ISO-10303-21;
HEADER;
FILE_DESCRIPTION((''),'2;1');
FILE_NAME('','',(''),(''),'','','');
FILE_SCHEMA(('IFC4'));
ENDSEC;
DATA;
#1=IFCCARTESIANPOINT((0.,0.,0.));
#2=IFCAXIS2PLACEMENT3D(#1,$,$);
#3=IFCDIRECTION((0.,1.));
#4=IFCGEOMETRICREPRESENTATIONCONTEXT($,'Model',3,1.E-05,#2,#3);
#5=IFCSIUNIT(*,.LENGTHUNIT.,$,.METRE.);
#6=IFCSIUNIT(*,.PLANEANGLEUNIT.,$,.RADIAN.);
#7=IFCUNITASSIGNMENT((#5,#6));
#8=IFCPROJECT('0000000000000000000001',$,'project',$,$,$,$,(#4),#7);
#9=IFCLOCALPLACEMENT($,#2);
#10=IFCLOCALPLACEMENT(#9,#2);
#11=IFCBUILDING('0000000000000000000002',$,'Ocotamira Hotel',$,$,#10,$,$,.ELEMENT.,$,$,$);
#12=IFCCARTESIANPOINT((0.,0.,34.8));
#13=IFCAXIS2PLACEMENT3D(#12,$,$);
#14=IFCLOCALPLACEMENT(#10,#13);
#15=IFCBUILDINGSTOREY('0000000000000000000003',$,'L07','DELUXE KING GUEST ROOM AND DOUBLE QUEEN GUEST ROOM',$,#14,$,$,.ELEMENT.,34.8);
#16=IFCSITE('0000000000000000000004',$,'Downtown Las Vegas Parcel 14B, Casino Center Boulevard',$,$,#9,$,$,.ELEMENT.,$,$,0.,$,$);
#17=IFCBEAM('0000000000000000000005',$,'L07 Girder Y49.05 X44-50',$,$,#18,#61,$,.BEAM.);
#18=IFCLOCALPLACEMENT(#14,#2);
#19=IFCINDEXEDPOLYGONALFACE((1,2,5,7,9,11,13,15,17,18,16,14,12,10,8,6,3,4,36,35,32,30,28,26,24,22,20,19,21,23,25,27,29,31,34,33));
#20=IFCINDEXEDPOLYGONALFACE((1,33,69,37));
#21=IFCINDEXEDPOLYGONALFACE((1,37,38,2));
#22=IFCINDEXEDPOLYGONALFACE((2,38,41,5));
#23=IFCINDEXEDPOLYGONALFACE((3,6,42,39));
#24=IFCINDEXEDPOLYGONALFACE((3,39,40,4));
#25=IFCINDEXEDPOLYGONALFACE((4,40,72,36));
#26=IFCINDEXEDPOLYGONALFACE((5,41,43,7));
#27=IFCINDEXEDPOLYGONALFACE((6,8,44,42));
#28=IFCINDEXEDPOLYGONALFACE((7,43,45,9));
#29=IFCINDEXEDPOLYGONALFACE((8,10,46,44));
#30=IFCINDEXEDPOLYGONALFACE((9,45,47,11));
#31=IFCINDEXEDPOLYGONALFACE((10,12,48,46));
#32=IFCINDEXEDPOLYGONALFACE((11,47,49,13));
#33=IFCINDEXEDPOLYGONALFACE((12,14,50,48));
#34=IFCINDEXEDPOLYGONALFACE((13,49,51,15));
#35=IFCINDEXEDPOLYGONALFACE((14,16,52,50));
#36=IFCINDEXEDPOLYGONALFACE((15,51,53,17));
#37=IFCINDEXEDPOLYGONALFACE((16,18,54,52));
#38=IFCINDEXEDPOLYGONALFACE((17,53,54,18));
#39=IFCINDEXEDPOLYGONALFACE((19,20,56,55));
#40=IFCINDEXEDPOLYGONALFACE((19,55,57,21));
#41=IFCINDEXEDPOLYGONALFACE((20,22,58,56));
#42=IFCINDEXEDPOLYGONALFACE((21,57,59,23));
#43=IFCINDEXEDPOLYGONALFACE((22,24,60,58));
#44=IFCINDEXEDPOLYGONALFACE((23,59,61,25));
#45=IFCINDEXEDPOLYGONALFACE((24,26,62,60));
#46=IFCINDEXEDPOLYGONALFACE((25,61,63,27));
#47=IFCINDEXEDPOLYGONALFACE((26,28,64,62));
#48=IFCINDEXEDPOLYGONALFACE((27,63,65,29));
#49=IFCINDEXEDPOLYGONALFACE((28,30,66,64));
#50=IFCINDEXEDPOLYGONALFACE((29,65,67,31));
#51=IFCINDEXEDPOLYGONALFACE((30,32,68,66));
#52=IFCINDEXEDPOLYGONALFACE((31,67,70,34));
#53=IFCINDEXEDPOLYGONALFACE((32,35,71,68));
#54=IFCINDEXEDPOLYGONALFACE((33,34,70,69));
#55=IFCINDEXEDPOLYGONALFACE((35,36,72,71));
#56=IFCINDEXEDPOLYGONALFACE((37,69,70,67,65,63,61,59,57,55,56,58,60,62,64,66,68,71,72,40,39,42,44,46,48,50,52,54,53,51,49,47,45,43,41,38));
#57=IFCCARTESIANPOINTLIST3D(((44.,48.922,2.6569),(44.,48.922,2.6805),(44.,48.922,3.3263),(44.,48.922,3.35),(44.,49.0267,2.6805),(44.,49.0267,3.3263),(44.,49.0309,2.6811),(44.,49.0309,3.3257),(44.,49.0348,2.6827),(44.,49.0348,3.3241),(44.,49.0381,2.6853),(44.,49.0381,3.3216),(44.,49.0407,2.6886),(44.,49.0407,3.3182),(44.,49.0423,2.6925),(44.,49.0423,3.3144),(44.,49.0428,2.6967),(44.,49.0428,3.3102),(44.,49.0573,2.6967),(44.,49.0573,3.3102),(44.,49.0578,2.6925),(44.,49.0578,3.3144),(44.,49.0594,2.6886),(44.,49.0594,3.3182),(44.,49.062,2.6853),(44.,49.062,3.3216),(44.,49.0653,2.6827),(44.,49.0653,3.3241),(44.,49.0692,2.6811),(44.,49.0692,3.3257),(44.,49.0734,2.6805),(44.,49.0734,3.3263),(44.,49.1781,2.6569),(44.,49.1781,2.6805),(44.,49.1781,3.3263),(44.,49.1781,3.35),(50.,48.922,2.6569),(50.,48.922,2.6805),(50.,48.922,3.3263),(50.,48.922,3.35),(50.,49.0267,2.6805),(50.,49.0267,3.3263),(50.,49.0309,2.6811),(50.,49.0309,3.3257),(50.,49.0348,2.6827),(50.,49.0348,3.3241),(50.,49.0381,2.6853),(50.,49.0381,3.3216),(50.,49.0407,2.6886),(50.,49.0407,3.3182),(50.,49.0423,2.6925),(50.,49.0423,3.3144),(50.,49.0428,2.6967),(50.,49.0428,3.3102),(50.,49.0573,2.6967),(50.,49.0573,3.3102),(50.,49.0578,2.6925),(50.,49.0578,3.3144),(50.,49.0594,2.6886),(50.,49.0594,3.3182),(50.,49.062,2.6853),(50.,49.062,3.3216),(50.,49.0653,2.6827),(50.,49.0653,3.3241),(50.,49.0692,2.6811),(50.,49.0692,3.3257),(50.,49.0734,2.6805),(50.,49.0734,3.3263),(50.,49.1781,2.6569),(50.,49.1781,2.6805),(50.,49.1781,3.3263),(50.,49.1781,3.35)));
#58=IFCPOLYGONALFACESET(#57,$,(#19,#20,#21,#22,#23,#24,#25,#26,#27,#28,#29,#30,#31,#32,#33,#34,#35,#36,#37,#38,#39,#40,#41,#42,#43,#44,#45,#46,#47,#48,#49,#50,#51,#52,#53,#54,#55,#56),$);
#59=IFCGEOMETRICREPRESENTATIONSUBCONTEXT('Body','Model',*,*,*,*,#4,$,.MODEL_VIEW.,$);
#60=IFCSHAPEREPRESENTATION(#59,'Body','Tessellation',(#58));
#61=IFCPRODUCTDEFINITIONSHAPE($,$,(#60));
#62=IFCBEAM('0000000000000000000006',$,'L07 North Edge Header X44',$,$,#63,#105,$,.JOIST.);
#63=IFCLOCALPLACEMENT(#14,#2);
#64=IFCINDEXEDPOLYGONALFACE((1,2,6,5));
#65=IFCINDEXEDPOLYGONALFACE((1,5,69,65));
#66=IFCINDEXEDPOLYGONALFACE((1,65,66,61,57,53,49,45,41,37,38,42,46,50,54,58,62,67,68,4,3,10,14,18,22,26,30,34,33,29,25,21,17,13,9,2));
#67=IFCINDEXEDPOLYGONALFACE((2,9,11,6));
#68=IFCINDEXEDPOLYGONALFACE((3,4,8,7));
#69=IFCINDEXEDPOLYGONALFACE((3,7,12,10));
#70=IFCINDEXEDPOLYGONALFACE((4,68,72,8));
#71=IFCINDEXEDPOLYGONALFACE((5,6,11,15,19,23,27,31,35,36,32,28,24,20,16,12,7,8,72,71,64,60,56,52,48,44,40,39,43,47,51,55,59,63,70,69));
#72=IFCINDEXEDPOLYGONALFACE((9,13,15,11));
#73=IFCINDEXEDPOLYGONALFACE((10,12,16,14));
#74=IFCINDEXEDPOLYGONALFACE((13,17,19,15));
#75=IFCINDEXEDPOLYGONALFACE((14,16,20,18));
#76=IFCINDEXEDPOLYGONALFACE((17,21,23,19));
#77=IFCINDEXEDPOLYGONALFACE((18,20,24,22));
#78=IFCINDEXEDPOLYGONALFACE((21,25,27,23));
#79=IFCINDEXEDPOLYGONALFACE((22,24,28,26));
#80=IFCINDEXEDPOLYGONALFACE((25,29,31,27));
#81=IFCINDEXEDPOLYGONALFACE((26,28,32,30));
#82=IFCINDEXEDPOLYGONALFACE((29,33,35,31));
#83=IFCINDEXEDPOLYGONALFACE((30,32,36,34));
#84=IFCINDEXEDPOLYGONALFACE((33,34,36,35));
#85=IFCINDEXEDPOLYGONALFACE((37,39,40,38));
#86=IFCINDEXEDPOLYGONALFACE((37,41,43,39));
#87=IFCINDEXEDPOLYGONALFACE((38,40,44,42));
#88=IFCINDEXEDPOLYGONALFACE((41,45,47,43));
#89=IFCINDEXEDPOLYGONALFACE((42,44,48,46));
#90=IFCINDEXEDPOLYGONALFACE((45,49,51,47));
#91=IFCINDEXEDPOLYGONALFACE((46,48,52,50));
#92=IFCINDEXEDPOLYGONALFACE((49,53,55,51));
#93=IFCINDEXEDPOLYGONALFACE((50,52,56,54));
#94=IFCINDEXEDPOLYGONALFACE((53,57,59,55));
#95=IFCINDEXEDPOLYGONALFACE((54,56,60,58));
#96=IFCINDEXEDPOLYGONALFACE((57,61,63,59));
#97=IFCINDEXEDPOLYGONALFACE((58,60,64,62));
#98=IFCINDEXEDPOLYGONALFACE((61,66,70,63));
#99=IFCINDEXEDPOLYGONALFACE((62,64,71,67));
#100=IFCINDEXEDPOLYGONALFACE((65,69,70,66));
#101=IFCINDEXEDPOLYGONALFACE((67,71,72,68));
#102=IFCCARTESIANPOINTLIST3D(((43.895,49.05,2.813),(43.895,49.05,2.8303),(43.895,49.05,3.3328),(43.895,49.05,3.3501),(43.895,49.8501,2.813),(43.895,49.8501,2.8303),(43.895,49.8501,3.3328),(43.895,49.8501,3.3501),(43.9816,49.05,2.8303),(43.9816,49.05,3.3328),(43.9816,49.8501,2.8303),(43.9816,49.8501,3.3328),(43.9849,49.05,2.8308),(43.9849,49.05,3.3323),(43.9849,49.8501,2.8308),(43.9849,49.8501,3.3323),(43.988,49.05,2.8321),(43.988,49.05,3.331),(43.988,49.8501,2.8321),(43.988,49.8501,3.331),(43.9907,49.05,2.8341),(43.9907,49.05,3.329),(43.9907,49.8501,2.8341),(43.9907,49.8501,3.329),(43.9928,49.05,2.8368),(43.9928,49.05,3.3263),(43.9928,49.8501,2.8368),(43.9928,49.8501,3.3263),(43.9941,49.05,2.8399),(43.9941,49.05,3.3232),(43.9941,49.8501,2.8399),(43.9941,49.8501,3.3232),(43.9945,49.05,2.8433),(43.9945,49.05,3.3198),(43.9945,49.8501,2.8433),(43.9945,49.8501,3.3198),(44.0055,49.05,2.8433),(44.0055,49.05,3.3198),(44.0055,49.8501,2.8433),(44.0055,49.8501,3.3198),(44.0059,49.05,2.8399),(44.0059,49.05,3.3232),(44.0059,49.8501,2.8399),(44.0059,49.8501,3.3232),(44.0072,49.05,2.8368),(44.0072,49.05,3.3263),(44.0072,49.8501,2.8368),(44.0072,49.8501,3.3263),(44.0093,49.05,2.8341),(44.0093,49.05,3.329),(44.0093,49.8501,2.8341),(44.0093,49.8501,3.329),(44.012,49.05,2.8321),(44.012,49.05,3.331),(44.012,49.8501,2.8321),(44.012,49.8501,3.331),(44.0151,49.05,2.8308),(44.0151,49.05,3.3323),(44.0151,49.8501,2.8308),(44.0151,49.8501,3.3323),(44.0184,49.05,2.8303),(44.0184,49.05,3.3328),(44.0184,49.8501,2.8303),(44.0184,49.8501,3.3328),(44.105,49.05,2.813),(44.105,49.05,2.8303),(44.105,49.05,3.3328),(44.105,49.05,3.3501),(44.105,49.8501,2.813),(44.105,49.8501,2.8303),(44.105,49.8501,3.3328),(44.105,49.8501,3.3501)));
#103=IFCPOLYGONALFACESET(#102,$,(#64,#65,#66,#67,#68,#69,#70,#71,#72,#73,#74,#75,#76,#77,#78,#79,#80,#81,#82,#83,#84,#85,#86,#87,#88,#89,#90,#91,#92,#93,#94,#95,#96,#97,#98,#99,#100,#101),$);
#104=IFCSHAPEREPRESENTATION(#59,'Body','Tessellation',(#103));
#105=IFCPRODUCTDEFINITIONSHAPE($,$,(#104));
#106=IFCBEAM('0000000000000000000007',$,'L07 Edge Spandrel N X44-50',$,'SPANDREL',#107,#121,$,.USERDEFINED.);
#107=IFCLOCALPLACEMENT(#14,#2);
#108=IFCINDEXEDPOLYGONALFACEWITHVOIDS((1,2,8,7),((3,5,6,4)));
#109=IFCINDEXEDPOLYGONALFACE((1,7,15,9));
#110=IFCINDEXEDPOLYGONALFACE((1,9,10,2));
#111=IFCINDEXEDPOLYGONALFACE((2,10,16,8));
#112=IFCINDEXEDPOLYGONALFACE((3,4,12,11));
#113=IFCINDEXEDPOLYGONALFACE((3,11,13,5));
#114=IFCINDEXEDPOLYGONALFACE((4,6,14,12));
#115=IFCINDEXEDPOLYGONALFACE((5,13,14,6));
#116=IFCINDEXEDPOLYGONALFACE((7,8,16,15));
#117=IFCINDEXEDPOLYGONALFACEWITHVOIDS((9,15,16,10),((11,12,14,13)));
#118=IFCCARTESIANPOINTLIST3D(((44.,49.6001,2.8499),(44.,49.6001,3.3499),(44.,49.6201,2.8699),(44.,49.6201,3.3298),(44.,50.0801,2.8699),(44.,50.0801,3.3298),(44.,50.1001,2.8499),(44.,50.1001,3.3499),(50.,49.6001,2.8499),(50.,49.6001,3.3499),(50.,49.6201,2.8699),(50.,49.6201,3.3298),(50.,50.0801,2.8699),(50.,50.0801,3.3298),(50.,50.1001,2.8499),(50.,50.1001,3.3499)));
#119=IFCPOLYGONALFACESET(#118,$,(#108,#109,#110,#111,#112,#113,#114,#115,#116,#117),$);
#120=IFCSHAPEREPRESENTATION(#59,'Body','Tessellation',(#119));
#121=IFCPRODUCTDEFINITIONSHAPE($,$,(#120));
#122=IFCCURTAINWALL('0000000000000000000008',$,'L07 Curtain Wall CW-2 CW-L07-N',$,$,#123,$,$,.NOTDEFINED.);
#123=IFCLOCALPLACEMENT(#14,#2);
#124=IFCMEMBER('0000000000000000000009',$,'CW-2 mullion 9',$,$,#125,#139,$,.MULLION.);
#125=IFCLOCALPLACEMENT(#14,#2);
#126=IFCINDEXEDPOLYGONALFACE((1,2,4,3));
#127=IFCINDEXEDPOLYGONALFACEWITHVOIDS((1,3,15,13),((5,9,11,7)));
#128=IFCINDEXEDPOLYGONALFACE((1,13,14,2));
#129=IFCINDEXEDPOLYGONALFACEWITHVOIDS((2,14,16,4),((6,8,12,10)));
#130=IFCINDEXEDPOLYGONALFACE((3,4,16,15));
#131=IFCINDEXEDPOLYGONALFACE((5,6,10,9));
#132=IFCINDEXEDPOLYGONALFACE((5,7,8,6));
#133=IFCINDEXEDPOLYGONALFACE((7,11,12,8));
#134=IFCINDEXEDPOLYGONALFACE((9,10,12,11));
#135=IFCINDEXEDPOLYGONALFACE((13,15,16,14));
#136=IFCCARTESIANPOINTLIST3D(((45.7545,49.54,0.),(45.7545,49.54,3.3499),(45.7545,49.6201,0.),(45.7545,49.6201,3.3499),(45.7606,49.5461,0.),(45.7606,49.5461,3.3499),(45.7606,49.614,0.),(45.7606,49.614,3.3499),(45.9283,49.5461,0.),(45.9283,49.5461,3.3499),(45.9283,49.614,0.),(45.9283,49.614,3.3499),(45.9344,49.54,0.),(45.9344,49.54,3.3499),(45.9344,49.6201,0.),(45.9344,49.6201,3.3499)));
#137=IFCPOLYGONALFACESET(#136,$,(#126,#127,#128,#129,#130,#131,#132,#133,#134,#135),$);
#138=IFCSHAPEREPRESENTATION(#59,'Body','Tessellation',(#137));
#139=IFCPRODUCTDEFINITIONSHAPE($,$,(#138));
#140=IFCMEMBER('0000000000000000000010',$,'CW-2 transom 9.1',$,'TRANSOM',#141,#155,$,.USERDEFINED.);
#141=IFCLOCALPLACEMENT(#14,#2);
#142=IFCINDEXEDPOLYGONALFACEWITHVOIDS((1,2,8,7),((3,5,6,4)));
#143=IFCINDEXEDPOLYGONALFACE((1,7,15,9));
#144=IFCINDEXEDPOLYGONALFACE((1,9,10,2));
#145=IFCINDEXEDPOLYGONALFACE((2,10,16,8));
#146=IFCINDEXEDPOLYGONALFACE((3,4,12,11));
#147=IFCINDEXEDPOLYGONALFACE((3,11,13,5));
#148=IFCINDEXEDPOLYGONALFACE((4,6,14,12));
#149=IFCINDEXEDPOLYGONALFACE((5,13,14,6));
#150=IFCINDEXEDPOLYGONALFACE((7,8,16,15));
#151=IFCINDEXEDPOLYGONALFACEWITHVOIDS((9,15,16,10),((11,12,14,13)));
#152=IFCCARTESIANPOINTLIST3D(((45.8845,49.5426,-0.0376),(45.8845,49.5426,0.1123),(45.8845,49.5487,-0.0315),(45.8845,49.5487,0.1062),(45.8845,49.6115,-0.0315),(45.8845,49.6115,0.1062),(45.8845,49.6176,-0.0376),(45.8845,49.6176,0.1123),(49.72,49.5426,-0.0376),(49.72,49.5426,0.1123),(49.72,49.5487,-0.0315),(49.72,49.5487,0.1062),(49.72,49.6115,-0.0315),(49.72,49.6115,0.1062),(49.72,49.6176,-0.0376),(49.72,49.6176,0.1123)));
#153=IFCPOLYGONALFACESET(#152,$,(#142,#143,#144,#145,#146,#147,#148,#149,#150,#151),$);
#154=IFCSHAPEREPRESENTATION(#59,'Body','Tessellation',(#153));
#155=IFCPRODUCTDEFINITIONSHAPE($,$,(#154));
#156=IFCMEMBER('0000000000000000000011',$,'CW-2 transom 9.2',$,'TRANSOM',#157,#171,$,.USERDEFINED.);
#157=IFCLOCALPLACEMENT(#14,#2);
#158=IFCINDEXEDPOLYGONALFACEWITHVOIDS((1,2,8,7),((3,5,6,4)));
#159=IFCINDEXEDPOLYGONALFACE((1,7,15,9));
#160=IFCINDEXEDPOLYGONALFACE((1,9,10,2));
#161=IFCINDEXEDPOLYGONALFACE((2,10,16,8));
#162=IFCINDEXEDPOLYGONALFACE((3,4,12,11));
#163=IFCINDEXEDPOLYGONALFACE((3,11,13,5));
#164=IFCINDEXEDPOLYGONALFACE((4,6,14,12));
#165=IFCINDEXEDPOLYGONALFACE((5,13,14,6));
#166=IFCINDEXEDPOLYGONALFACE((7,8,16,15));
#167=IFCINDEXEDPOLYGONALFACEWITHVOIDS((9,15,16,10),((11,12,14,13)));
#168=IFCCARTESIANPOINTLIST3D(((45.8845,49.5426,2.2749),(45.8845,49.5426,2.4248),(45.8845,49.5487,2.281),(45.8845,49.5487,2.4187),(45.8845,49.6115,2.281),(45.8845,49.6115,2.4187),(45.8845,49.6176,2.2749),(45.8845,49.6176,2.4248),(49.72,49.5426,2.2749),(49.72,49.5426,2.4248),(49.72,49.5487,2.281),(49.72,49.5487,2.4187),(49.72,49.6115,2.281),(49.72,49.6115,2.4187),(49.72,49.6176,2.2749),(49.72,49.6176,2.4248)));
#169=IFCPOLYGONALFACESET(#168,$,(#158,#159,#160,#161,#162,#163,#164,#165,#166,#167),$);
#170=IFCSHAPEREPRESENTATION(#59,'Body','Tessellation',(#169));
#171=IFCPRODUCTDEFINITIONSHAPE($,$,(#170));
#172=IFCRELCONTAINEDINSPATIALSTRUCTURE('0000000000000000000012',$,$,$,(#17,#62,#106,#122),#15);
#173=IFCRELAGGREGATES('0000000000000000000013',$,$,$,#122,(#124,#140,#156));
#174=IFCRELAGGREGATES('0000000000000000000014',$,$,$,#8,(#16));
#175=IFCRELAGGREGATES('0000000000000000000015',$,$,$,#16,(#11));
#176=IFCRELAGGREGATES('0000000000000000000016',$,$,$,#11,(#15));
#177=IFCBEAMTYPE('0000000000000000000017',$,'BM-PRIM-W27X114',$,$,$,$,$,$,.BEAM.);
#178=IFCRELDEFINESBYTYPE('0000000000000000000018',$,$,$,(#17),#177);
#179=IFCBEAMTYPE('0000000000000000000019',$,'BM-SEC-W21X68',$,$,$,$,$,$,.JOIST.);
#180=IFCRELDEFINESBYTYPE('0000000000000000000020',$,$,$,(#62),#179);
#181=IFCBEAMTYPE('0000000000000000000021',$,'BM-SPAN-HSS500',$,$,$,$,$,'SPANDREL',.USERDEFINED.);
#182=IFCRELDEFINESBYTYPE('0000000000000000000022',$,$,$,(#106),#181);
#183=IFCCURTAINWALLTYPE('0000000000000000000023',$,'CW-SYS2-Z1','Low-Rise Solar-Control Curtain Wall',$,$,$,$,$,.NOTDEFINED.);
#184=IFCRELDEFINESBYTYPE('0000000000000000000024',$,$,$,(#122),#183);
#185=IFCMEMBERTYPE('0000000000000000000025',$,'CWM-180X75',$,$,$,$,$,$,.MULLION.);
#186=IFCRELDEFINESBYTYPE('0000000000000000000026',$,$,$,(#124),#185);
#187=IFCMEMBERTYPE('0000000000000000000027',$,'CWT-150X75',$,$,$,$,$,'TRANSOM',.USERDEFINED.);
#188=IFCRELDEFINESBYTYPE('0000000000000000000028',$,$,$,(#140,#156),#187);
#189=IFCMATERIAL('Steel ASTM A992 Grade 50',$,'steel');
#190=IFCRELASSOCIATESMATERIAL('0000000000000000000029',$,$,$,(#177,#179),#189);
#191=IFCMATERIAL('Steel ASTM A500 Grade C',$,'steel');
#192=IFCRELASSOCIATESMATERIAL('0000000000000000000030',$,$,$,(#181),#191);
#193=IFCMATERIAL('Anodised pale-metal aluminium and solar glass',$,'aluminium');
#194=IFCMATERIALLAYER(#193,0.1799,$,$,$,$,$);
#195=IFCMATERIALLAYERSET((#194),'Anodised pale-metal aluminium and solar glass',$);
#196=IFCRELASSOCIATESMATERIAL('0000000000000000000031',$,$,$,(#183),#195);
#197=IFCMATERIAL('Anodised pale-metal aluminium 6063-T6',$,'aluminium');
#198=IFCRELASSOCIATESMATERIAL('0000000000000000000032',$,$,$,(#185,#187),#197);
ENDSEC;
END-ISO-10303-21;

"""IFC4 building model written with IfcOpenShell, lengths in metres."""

from ifc_helpers import new_model, si_unit, direction, frame, origin, origin_2d, place, context, subcontext, project, spatial, hollow_rectangle, i_section, extrude, source, transform, mapped, material, layer, layer_set, material_profile, profile_set, type_object, element, aggregate, save


model = new_model("IFC4")

# Units and contexts
model_context = context("Model", 3, precision=1e-05, world=origin(), true_north=direction((0.0, 1.0)))
body_context = subcontext(model_context, "Body", "Model", "MODEL_VIEW")
ifc_project = project(units=[si_unit("LENGTHUNIT", "METRE"), si_unit("PLANEANGLEUNIT", "RADIAN")], contexts=[model_context])

# Site, building, storey
site_placement = place(None, origin())
site = spatial("IfcSite", under=ifc_project, at=site_placement, Name="Downtown Las Vegas Parcel 14B, Casino Center Boulevard", CompositionType="ELEMENT", RefElevation=0.0)
building_placement = place(site_placement, origin())
building = spatial("IfcBuilding", under=site, at=building_placement, Name="Ocotamira Hotel", CompositionType="ELEMENT")
storey_placement = place(building_placement, frame((0.0, 0.0, 34.8)))
storey = spatial("IfcBuildingStorey", under=building, at=storey_placement, Name="L07", Description="DELUXE KING GUEST ROOM AND DOUBLE QUEEN GUEST ROOM", CompositionType="ELEMENT", Elevation=34.8)

# Beams
ifc_material_1 = material(Name="Steel ASTM A992 Grade 50", Category="steel")
ifc_material_profile_1 = material_profile(ifc_material_1, i_section(OverallWidth=0.2561, OverallDepth=0.6931, WebThickness=0.0144, FlangeThickness=0.0237, FilletRadius=0.0161, at=origin_2d()), Name="W27X114")
ifc_profile_set_1 = profile_set([ifc_material_profile_1], Name="Steel ASTM A992 Grade 50")
beam_type_1 = type_object("IfcBeamType", Name="BM-PRIM-W27X114", PredefinedType="BEAM", material=ifc_profile_set_1)
shared_shape_1 = source(origin(), body_context, "Body", "SweptSolid", [
    extrude(i_section(OverallWidth=0.2561, OverallDepth=0.6931, WebThickness=0.0144, FlangeThickness=0.0237, FilletRadius=0.0161, at=origin_2d()), origin(), (0.0, 0.0, 1.0), 6.0),
])
beam_1_placement = place(storey_placement, frame((44.0, 49.05, 3.0034), z_axis=(1.0, 0.0, 0.0), x_axis=(0.0, 1.0, 0.0)))
element("IfcBeam", 1, at=beam_1_placement, inside=storey, type_object=beam_type_1, Name="L07 Girder Y49.05 X44-50", PredefinedType="BEAM", context=body_context, shape_type="MappedRepresentation", body=[
    mapped(shared_shape_1, transform((0.0, 0.0, 0.0), scale=1.0)),
])
ifc_material_profile_2 = material_profile(ifc_material_1, i_section(OverallWidth=0.21, OverallDepth=0.5371, WebThickness=0.011, FlangeThickness=0.0173, FilletRadius=0.0129, at=origin_2d()), Name="W21X68")
ifc_profile_set_2 = profile_set([ifc_material_profile_2], Name="Steel ASTM A992 Grade 50")
beam_type_2 = type_object("IfcBeamType", Name="BM-SEC-W21X68", PredefinedType="JOIST", material=ifc_profile_set_2)
shared_shape_2 = source(origin(), body_context, "Body", "SweptSolid", [
    extrude(i_section(OverallWidth=0.21, OverallDepth=0.5371, WebThickness=0.011, FlangeThickness=0.0173, FilletRadius=0.0129, at=origin_2d()), origin(), (0.0, 0.0, 1.0), 0.8),
])
beam_2_placement = place(storey_placement, frame((44.0, 49.05, 3.0815), z_axis=(0.0, 1.0, 0.0), x_axis=(-1.0, 0.0, 0.0)))
element("IfcBeam", 2, at=beam_2_placement, inside=storey, type_object=beam_type_2, Name="L07 North Edge Header X44", PredefinedType="JOIST", context=body_context, shape_type="MappedRepresentation", body=[
    mapped(shared_shape_2, transform((0.0, 0.0, 0.0), scale=1.0)),
])
ifc_material_2 = material(Name="Steel ASTM A500 Grade C", Category="steel")
ifc_material_profile_3 = material_profile(ifc_material_2, hollow_rectangle(XDim=0.5, YDim=0.5, WallThickness=0.02, at=origin_2d()), Name="HSS500X500X20")
ifc_profile_set_3 = profile_set([ifc_material_profile_3], Name="Steel ASTM A500 Grade C")
beam_type_3 = type_object("IfcBeamType", Name="BM-SPAN-HSS500", ElementType="SPANDREL", PredefinedType="USERDEFINED", material=ifc_profile_set_3)
shared_shape_3 = source(origin(), body_context, "Body", "SweptSolid", [
    extrude(hollow_rectangle(XDim=0.5, YDim=0.5, WallThickness=0.02, at=origin_2d()), origin(), (0.0, 0.0, 1.0), 6.0),
])
beam_3_placement = place(storey_placement, frame((44.0, 49.8501, 3.0999), z_axis=(1.0, 0.0, 0.0), x_axis=(0.0, 1.0, 0.0)))
element("IfcBeam", 3, at=beam_3_placement, inside=storey, type_object=beam_type_3, Name="L07 Edge Spandrel N X44-50", ObjectType="SPANDREL", PredefinedType="USERDEFINED", context=body_context, shape_type="MappedRepresentation", body=[
    mapped(shared_shape_3, transform((0.0, 0.0, 0.0), scale=1.0)),
])

# Curtain wall, members
ifc_material_3 = material(Name="Anodised pale-metal aluminium and solar glass", Category="aluminium")
ifc_layer_1 = layer(ifc_material_3, 0.1799)
ifc_layer_set_1 = layer_set([ifc_layer_1], Name="Anodised pale-metal aluminium and solar glass")
curtain_wall_type = type_object("IfcCurtainWallType", Name="CW-SYS2-Z1", Description="Low-Rise Solar-Control Curtain Wall", PredefinedType="NOTDEFINED", material=ifc_layer_set_1)
curtain_wall_placement = place(storey_placement, origin())
curtain_wall = element("IfcCurtainWall", 4, at=curtain_wall_placement, inside=storey, type_object=curtain_wall_type, Name="L07 Curtain Wall CW-2 CW-L07-N", PredefinedType="NOTDEFINED")
ifc_material_4 = material(Name="Anodised pale-metal aluminium 6063-T6", Category="aluminium")
ifc_material_profile_4 = material_profile(ifc_material_4, hollow_rectangle(XDim=0.0801, YDim=0.1799, WallThickness=0.0061, at=origin_2d()), Name="HSS180X80X6")
ifc_profile_set_4 = profile_set([ifc_material_profile_4], Name="Anodised pale-metal aluminium 6063-T6")
member_type_1 = type_object("IfcMemberType", Name="CWM-180X75", PredefinedType="MULLION", material=ifc_profile_set_4)
shared_shape_4 = source(origin(), body_context, "Body", "SweptSolid", [
    extrude(hollow_rectangle(XDim=0.0801, YDim=0.1799, WallThickness=0.0061, at=origin_2d()), origin(), (0.0, 0.0, 1.0), 3.3499),
])
member_1_placement = place(storey_placement, frame((45.8445, 49.5801, 0.0), z_axis=(0.0, 0.0, 1.0), x_axis=(0.0, 1.0, 0.0)))
member_1 = element("IfcMember", 5, at=member_1_placement, type_object=member_type_1, Name="CW-2 mullion 9", PredefinedType="MULLION", context=body_context, shape_type="MappedRepresentation", body=[
    mapped(shared_shape_4, transform((0.0, 0.0, 0.0), scale=1.0)),
])
ifc_material_profile_5 = material_profile(ifc_material_4, hollow_rectangle(XDim=0.075, YDim=0.1499, WallThickness=0.0061, at=origin_2d()), Name="HSS150X75X6")
ifc_profile_set_5 = profile_set([ifc_material_profile_5], Name="Anodised pale-metal aluminium 6063-T6")
member_type_2 = type_object("IfcMemberType", Name="CWT-150X75", ElementType="TRANSOM", PredefinedType="USERDEFINED", material=ifc_profile_set_5)
shared_shape_5 = source(origin(), body_context, "Body", "SweptSolid", [
    extrude(hollow_rectangle(XDim=0.075, YDim=0.1499, WallThickness=0.0061, at=origin_2d()), origin(), (0.0, 0.0, 1.0), 3.8354),
])
member_2_placement = place(storey_placement, frame((45.8845, 49.5801, 0.0374), z_axis=(1.0, 0.0, 0.0), x_axis=(0.0, 1.0, 0.0)))
member_2 = element("IfcMember", 6, at=member_2_placement, type_object=member_type_2, Name="CW-2 transom 9.1", ObjectType="TRANSOM", PredefinedType="USERDEFINED", context=body_context, shape_type="MappedRepresentation", body=[
    mapped(shared_shape_5, transform((0.0, 0.0, 0.0), scale=1.0)),
])
member_3_placement = place(storey_placement, frame((45.8845, 49.5801, 2.3499), z_axis=(1.0, 0.0, 0.0), x_axis=(0.0, 1.0, 0.0)))
member_3 = element("IfcMember", 7, at=member_3_placement, type_object=member_type_2, Name="CW-2 transom 9.2", ObjectType="TRANSOM", PredefinedType="USERDEFINED", context=body_context, shape_type="MappedRepresentation", body=[
    mapped(shared_shape_5, transform((0.0, 0.0, 0.0), scale=1.0)),
])

aggregate(curtain_wall, [member_1, member_2, member_3])

save(model, "model.ifc")
